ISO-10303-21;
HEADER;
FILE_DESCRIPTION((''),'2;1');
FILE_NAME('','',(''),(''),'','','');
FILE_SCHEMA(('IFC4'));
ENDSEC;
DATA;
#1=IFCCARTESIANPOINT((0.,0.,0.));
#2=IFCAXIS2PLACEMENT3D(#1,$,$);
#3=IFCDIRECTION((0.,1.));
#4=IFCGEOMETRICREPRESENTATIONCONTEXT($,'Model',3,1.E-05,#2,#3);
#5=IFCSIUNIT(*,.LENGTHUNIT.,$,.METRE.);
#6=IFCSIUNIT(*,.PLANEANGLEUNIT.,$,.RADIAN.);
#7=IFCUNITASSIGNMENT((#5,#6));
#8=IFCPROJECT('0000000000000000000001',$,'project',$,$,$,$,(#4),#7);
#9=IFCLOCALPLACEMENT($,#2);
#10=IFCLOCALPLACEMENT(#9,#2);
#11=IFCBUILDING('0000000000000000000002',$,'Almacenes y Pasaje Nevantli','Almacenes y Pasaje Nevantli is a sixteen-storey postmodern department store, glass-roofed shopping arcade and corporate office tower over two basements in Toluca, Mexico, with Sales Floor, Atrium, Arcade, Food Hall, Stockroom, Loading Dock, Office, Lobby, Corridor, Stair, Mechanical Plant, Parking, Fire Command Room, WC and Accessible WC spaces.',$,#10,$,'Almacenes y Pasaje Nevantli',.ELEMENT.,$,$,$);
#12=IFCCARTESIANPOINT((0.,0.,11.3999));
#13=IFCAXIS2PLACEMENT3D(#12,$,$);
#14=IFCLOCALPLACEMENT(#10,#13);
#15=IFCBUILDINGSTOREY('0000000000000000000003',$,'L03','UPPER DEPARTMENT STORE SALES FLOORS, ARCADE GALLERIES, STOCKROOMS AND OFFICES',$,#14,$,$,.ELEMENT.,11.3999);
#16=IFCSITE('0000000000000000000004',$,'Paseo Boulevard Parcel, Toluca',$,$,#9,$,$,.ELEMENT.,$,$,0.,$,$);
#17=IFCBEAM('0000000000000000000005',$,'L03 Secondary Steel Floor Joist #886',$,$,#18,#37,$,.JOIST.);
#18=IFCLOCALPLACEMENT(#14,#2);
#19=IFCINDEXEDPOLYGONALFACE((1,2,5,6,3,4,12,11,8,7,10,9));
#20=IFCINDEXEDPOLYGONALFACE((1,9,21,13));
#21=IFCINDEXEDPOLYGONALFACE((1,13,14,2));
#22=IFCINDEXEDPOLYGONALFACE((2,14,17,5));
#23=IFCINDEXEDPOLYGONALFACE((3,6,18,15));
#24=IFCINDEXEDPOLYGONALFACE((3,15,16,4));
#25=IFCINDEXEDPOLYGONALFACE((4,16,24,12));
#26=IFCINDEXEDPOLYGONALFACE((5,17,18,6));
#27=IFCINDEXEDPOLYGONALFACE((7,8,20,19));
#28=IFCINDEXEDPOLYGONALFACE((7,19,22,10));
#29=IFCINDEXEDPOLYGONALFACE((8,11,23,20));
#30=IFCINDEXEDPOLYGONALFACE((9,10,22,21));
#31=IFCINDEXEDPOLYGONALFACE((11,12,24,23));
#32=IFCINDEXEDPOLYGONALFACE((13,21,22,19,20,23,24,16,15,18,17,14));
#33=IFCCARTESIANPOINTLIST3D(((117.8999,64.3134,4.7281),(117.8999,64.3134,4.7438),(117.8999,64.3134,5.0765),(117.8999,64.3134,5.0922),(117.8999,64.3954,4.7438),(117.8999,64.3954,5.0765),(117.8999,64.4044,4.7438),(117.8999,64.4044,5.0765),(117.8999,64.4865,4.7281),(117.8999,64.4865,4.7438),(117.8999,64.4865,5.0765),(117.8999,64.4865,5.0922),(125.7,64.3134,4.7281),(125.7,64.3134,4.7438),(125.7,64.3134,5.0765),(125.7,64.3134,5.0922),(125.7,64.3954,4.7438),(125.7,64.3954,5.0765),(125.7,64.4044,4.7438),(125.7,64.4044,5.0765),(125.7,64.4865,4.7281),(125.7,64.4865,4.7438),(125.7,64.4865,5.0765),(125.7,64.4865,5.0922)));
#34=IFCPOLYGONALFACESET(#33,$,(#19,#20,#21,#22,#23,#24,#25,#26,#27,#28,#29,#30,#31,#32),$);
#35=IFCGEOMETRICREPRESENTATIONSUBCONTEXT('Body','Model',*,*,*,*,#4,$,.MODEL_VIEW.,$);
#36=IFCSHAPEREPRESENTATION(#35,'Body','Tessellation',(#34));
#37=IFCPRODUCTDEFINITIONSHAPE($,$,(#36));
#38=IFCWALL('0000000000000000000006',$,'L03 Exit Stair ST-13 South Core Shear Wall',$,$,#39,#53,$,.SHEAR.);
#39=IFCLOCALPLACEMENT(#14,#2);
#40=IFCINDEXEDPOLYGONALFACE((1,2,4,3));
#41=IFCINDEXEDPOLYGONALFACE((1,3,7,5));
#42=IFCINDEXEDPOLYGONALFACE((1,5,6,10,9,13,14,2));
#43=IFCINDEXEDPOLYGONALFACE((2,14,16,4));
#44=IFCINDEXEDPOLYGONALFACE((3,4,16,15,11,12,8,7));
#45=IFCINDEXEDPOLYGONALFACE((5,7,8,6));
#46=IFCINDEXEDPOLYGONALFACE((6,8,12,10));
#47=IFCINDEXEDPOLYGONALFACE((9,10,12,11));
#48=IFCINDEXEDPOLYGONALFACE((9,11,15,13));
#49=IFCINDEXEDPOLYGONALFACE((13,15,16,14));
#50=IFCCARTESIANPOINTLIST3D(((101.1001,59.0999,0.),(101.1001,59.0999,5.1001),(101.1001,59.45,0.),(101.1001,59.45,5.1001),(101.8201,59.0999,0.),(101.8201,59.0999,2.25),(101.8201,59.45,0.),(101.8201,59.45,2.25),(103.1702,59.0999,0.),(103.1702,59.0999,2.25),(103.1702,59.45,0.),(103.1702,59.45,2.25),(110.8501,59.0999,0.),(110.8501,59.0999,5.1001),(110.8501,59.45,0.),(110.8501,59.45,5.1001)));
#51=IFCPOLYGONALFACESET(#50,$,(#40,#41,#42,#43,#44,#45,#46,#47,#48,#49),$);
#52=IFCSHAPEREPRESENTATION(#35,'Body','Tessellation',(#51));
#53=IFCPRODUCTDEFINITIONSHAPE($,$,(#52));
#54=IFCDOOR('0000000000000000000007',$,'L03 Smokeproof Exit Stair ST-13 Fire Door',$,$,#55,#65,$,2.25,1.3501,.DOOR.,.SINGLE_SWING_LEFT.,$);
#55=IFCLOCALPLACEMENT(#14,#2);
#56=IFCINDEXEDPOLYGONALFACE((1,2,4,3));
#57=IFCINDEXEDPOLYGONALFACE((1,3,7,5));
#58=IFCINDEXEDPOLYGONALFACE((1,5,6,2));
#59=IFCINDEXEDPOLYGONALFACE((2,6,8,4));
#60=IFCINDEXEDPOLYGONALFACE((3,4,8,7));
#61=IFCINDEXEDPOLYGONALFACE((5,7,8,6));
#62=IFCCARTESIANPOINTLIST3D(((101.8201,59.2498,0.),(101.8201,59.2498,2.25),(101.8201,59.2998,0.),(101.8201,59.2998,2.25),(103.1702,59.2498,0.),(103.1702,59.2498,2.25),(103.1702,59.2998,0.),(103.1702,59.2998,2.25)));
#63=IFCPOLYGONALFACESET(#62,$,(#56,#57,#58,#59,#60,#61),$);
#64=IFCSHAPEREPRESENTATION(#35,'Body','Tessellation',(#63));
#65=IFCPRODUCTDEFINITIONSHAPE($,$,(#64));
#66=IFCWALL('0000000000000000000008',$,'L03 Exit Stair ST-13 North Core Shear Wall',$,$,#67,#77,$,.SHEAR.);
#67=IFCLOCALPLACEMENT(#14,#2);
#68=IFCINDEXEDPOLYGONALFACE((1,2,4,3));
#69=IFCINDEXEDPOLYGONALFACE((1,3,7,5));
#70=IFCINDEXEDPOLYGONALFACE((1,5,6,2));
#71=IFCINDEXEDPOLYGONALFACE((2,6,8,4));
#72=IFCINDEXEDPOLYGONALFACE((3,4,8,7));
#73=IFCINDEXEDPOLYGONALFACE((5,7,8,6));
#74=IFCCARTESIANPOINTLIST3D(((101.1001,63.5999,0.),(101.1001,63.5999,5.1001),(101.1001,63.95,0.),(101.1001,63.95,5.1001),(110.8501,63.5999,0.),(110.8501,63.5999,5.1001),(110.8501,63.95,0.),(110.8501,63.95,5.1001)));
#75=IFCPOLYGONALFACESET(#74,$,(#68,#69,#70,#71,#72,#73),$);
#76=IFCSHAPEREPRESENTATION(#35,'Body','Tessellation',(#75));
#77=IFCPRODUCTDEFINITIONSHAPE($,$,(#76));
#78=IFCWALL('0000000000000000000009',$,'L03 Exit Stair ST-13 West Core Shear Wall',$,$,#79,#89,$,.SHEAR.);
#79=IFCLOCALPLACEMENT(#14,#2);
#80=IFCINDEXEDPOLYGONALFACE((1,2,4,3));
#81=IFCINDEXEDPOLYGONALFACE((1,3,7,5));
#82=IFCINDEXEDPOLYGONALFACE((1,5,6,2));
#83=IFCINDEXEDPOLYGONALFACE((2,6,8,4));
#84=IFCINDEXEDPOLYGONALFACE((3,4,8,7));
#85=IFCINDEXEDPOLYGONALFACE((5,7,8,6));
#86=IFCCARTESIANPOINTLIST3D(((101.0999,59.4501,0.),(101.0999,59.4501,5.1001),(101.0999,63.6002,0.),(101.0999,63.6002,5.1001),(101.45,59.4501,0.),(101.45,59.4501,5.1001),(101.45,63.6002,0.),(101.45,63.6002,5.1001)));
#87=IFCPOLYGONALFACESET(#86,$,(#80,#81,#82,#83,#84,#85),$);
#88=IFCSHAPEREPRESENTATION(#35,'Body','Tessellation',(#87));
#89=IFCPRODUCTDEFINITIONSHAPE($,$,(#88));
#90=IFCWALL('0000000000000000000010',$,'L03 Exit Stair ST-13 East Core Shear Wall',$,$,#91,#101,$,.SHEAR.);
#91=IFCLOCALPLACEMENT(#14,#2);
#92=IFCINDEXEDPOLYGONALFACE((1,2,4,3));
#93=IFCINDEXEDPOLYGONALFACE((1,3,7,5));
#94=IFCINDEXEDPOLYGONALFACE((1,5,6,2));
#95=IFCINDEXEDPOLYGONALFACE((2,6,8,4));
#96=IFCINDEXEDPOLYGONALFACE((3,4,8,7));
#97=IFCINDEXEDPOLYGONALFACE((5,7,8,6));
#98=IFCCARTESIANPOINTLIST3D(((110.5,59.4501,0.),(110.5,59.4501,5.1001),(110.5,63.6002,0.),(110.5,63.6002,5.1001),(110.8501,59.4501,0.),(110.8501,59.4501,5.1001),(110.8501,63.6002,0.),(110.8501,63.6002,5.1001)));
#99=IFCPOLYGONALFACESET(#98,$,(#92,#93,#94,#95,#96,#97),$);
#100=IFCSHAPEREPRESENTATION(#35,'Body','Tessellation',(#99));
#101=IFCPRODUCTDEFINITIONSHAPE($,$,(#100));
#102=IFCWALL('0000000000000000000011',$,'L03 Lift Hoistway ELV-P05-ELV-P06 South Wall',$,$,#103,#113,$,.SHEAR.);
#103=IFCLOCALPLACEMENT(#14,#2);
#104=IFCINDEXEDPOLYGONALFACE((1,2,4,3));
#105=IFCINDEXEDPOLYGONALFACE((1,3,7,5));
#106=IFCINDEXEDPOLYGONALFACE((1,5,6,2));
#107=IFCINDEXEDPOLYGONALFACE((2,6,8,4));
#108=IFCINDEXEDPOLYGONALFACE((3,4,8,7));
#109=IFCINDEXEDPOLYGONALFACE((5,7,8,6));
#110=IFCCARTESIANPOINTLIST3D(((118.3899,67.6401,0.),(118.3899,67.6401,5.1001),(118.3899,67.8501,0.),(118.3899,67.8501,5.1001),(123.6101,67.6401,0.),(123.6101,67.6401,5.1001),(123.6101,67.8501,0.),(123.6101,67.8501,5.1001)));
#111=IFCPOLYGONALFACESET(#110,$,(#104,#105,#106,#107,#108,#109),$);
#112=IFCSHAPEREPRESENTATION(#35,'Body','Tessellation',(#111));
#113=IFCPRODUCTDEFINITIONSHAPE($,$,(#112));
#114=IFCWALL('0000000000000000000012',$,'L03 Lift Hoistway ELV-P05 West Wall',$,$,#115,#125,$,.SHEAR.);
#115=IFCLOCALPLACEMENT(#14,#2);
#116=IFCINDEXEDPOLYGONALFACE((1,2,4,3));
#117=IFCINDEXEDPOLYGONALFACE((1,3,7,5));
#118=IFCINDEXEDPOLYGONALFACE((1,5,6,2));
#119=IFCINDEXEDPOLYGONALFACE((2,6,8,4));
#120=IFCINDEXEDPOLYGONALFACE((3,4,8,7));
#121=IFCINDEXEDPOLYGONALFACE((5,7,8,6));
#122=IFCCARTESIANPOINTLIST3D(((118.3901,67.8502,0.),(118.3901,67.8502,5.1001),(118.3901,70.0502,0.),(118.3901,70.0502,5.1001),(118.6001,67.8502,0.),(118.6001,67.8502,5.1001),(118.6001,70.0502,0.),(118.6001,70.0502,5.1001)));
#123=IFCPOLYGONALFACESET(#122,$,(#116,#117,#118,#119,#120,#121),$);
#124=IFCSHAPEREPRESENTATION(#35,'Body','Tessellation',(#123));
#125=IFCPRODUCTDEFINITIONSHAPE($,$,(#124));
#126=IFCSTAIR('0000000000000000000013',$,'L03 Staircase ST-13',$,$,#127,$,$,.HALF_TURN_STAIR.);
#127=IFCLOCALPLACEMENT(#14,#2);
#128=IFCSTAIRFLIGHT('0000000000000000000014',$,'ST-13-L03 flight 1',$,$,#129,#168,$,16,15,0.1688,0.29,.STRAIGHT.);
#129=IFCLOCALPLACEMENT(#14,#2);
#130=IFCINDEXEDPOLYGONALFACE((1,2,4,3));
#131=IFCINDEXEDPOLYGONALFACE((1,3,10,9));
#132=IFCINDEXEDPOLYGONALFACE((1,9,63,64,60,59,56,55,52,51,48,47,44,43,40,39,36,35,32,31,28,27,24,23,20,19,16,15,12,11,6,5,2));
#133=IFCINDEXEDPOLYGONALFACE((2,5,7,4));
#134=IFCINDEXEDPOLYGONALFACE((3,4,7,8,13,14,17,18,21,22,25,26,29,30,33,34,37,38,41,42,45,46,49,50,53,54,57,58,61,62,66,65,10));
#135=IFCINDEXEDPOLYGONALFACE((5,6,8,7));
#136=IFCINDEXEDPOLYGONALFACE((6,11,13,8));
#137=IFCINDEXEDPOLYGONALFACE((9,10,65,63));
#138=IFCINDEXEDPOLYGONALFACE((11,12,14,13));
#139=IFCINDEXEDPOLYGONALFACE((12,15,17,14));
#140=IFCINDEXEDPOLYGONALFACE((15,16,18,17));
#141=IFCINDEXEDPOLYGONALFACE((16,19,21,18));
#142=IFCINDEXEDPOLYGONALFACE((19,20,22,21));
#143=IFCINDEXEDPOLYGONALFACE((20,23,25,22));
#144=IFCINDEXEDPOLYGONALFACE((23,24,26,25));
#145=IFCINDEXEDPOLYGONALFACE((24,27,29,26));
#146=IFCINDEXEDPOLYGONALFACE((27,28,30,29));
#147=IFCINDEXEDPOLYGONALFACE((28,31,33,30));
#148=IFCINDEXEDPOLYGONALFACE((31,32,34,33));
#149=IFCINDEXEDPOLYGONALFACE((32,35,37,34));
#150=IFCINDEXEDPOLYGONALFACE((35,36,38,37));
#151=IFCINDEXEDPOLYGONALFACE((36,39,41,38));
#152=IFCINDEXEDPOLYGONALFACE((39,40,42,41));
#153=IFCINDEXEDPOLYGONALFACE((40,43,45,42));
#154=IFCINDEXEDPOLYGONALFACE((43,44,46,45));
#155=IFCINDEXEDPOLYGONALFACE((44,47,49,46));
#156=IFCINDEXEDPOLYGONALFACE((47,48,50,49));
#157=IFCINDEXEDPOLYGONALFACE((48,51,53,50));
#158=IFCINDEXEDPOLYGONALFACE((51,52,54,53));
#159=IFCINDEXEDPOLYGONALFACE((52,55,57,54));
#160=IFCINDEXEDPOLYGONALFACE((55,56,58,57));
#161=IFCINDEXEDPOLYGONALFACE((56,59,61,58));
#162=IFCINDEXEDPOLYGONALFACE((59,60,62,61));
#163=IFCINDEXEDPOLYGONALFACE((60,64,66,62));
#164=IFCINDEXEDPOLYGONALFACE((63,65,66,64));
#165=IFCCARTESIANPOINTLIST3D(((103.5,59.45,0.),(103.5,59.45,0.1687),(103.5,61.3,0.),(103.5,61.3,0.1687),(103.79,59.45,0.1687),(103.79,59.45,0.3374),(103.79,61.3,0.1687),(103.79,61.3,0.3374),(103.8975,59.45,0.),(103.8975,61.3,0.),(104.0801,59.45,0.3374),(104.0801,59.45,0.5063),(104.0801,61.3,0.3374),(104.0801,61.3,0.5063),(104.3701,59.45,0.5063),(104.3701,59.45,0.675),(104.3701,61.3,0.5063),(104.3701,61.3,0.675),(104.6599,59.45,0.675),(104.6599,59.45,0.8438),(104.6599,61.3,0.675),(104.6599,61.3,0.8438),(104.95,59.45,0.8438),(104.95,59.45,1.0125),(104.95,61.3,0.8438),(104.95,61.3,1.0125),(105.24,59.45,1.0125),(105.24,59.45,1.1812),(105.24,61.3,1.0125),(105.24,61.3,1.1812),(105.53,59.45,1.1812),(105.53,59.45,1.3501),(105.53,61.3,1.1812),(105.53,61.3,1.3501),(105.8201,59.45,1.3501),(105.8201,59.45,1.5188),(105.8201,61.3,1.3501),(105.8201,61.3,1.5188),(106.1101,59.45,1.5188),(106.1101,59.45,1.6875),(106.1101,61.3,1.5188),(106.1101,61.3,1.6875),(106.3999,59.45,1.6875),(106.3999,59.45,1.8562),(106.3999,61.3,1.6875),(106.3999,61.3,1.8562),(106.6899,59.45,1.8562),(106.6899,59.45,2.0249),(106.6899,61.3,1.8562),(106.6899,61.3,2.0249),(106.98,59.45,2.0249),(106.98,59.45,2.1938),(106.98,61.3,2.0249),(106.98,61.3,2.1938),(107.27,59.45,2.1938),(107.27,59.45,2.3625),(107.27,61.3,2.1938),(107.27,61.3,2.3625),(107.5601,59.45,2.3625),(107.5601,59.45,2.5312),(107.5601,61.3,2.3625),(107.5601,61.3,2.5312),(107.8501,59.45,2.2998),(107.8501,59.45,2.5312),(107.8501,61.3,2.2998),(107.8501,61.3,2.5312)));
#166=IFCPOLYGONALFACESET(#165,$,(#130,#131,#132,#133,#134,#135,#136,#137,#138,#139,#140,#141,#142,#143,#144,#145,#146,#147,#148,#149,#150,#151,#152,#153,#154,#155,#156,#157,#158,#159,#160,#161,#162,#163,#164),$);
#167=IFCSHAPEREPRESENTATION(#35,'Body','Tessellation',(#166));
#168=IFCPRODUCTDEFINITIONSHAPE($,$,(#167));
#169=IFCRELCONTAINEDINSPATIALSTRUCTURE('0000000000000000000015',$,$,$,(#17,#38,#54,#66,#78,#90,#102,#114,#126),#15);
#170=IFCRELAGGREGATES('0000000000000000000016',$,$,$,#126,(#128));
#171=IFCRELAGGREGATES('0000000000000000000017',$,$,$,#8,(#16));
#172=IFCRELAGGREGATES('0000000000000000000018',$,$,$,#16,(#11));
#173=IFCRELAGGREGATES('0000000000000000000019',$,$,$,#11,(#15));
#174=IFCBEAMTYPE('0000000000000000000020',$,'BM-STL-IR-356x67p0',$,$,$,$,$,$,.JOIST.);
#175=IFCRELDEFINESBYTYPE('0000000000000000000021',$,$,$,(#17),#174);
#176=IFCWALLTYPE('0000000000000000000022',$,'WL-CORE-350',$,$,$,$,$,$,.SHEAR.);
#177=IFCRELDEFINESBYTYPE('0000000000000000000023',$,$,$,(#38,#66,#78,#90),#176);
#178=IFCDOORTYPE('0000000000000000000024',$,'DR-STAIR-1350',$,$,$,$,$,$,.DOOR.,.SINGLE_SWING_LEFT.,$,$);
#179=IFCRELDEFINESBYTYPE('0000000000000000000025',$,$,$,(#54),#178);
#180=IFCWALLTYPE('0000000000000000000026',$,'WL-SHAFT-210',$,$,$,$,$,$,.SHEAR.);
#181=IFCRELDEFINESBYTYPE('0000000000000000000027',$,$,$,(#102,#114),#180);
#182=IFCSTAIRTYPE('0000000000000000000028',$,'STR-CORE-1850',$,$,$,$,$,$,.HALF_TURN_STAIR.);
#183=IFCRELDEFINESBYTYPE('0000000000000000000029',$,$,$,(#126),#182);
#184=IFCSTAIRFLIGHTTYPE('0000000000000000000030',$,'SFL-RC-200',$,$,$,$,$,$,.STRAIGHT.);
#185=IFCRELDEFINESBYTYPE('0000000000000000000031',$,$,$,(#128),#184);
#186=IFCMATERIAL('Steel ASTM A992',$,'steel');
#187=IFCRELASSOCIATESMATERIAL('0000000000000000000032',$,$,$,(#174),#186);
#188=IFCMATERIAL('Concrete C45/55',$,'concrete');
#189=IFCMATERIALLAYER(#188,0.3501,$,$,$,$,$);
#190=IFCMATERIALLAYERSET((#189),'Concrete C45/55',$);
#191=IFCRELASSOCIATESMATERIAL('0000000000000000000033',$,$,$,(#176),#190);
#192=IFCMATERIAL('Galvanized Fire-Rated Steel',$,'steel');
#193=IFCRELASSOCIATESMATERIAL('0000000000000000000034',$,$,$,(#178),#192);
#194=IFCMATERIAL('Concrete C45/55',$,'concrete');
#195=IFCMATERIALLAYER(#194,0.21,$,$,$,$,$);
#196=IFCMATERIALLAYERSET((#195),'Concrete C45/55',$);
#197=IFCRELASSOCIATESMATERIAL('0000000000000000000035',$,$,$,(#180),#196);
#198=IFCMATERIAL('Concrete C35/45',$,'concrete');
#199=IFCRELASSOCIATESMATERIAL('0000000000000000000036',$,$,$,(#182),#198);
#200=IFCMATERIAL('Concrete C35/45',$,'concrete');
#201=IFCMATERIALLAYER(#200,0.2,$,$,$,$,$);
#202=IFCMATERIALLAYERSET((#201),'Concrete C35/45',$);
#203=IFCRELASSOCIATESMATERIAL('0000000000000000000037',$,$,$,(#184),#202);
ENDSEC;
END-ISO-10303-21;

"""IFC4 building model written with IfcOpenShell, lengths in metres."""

from ifc_helpers import new_model, si_unit, direction, frame, frame_2d, origin, origin_2d, place, context, subcontext, project, spatial, polyline, rectangle, i_section, outline, extrude, material, layer, layer_set, material_profile, profile_set, type_object, element, fill, aggregate, save


model = new_model("IFC4")

# Units and contexts
model_context = context("Model", 3, precision=1e-05, world=origin(), true_north=direction((0.0, 1.0)))
body_context = subcontext(model_context, "Body", "Model", "MODEL_VIEW")
ifc_project = project(units=[si_unit("LENGTHUNIT", "METRE"), si_unit("PLANEANGLEUNIT", "RADIAN")], contexts=[model_context])

# Site, building, storey
site_placement = place(None, origin())
site = spatial("IfcSite", under=ifc_project, at=site_placement, Name="Paseo Boulevard Parcel, Toluca", CompositionType="ELEMENT", RefElevation=0.0)
building_placement = place(site_placement, origin())
building = spatial("IfcBuilding", under=site, at=building_placement, Name="Almacenes y Pasaje Nevantli", Description="Almacenes y Pasaje Nevantli is a sixteen-storey postmodern department store, glass-roofed shopping arcade and corporate office tower over two basements in Toluca, Mexico, with Sales Floor, Atrium, Arcade, Food Hall, Stockroom, Loading Dock, Office, Lobby, Corridor, Stair, Mechanical Plant, Parking, Fire Command Room, WC and Accessible WC spaces.", LongName="Almacenes y Pasaje Nevantli", CompositionType="ELEMENT")
storey_placement = place(building_placement, frame((0.0, 0.0, 11.3999)))
storey = spatial("IfcBuildingStorey", under=building, at=storey_placement, Name="L03", Description="UPPER DEPARTMENT STORE SALES FLOORS, ARCADE GALLERIES, STOCKROOMS AND OFFICES", CompositionType="ELEMENT", Elevation=11.3999)

# Beam
ifc_material_1 = material(Name="Steel ASTM A992", Category="steel")
ifc_material_profile_1 = material_profile(ifc_material_1, i_section(OverallWidth=0.1731, OverallDepth=0.364, WebThickness=0.009, FlangeThickness=0.0156, at=origin_2d()), Name="IR 356x67.0")
ifc_profile_set_1 = profile_set([ifc_material_profile_1], Name="Steel ASTM A992")
beam_type_1 = type_object("IfcBeamType", Name="BM-STL-IR-356x67p0", PredefinedType="JOIST", material=ifc_profile_set_1)
for number, where, z_axis, x_axis, name in (
    (1, (117.8999, 64.3999, 4.9102), (1.0, 0.0, 0.0), (0.0, 1.0, 0.0), "L03 Secondary Steel Floor Joist #886"),
):
    element("IfcBeam", number, at=place(storey_placement, frame(where, z_axis=z_axis, x_axis=x_axis)), inside=storey, type_object=beam_type_1, Name=name, PredefinedType="JOIST", context=body_context, shape_type="SweptSolid", body=[
        extrude(i_section(OverallWidth=0.1731, OverallDepth=0.364, WebThickness=0.009, FlangeThickness=0.0156, at=origin_2d()), origin(), (0.0, 0.0, 1.0), 7.8),
    ])

# Wall, opening, door
ifc_material_2 = material(Name="Concrete C45/55", Category="concrete")
ifc_layer_1 = layer(ifc_material_2, 0.3501)
ifc_layer_set_1 = layer_set([ifc_layer_1], Name="Concrete C45/55")
wall_type_1 = type_object("IfcWallType", Name="WL-CORE-350", PredefinedType="SHEAR", material=ifc_layer_set_1)
wall_1_placement = place(storey_placement, frame((101.1001, 59.2749, 0.0), z_axis=(0.0, 0.0, 1.0), x_axis=(1.0, 0.0, 0.0)))
wall_1 = element("IfcWall", 2, at=wall_1_placement, inside=storey, type_object=wall_type_1, Name="L03 Exit Stair ST-13 South Core Shear Wall", PredefinedType="SHEAR", context=body_context, shape_type="SweptSolid", body=[
    extrude(rectangle(XDim=9.75, YDim=0.3501, at=frame_2d((4.875, 0.0))), origin(), (0.0, 0.0, 1.0), 5.1001),
])
opening_placement = place(wall_1_placement, frame((0.72, 0.0, 0.0)))
opening = element("IfcOpeningElement", 3, at=opening_placement, cuts=wall_1, PredefinedType="OPENING", context=body_context, shape_type="SweptSolid", body=[
    extrude(rectangle(XDim=1.3501, YDim=2.25, at=frame_2d((0.675, 1.125))), frame((0.0, 0.1851, 0.0), z_axis=(0.0, -1.0, 0.0), x_axis=(1.0, 0.0, 0.0)), (0.0, 0.0, 1.0), 0.3701),
])
ifc_material_3 = material(Name="Galvanized Fire-Rated Steel", Category="steel")
door_type = type_object("IfcDoorType", Name="DR-STAIR-1350", OperationType="SINGLE_SWING_LEFT", PredefinedType="DOOR", material=ifc_material_3)
door_placement = place(opening_placement, origin())
door = element("IfcDoor", 4, at=door_placement, inside=storey, type_object=door_type, Name="L03 Smokeproof Exit Stair ST-13 Fire Door", OperationType="SINGLE_SWING_LEFT", OverallHeight=2.25, OverallWidth=1.3501, PredefinedType="DOOR", context=body_context, shape_type="SweptSolid", body=[
    extrude(rectangle(XDim=1.3501, YDim=2.25, at=frame_2d((0.675, 1.125))), frame((0.0, 0.0249, 0.0), z_axis=(0.0, -1.0, 0.0), x_axis=(1.0, 0.0, 0.0)), (0.0, 0.0, 1.0), 0.05),
])
fill(opening, door)

# Walls
wall_2_placement = place(storey_placement, frame((101.1001, 63.7749, 0.0), z_axis=(0.0, 0.0, 1.0), x_axis=(1.0, 0.0, 0.0)))
element("IfcWall", 5, at=wall_2_placement, inside=storey, type_object=wall_type_1, Name="L03 Exit Stair ST-13 North Core Shear Wall", PredefinedType="SHEAR", context=body_context, shape_type="SweptSolid", body=[
    extrude(rectangle(XDim=9.75, YDim=0.3501, at=frame_2d((4.875, 0.0))), origin(), (0.0, 0.0, 1.0), 5.1001),
])
for number, where, z_axis, x_axis, name in (
    (6, (101.2749, 59.45, 0.0), (0.0, 0.0, 1.0), (0.0, 1.0, 0.0), "L03 Exit Stair ST-13 West Core Shear Wall"),
    (7, (110.675, 59.45, 0.0), (0.0, 0.0, 1.0), (0.0, 1.0, 0.0), "L03 Exit Stair ST-13 East Core Shear Wall"),
):
    element("IfcWall", number, at=place(storey_placement, frame(where, z_axis=z_axis, x_axis=x_axis)), inside=storey, type_object=wall_type_1, Name=name, PredefinedType="SHEAR", context=body_context, shape_type="SweptSolid", body=[
        extrude(rectangle(XDim=4.1501, YDim=0.3501, at=frame_2d((2.0752, 0.0))), origin(), (0.0, 0.0, 1.0), 5.1001),
    ])
ifc_material_4 = material(Name="Concrete C45/55", Category="concrete")
ifc_layer_2 = layer(ifc_material_4, 0.21)
ifc_layer_set_2 = layer_set([ifc_layer_2], Name="Concrete C45/55")
wall_type_2 = type_object("IfcWallType", Name="WL-SHAFT-210", PredefinedType="SHEAR", material=ifc_layer_set_2)
wall_3_placement = place(storey_placement, frame((118.3899, 67.7451, 0.0), z_axis=(0.0, 0.0, 1.0), x_axis=(1.0, 0.0, 0.0)))
element("IfcWall", 8, at=wall_3_placement, inside=storey, type_object=wall_type_2, Name="L03 Lift Hoistway ELV-P05-ELV-P06 South Wall", PredefinedType="SHEAR", context=body_context, shape_type="SweptSolid", body=[
    extrude(rectangle(XDim=5.2202, YDim=0.21, at=frame_2d((2.6101, 0.0))), origin(), (0.0, 0.0, 1.0), 5.1001),
])
wall_4_placement = place(storey_placement, frame((118.4951, 67.8501, 0.0), z_axis=(0.0, 0.0, 1.0), x_axis=(0.0, 1.0, 0.0)))
element("IfcWall", 9, at=wall_4_placement, inside=storey, type_object=wall_type_2, Name="L03 Lift Hoistway ELV-P05 West Wall", PredefinedType="SHEAR", context=body_context, shape_type="SweptSolid", body=[
    extrude(rectangle(XDim=2.2, YDim=0.21, at=frame_2d((1.1001, 0.0))), origin(), (0.0, 0.0, 1.0), 5.1001),
])

# Stair, stair flight
ifc_material_5 = material(Name="Concrete C35/45", Category="concrete")
stair_type = type_object("IfcStairType", Name="STR-CORE-1850", PredefinedType="HALF_TURN_STAIR", material=ifc_material_5)
stair_placement = place(storey_placement, origin())
stair = element("IfcStair", 10, at=stair_placement, inside=storey, type_object=stair_type, Name="L03 Staircase ST-13", PredefinedType="HALF_TURN_STAIR")
ifc_material_6 = material(Name="Concrete C35/45", Category="concrete")
ifc_layer_3 = layer(ifc_material_6, 0.2)
ifc_layer_set_3 = layer_set([ifc_layer_3], Name="Concrete C35/45")
stair_flight_type = type_object("IfcStairFlightType", Name="SFL-RC-200", PredefinedType="STRAIGHT", material=ifc_layer_set_3)
stair_flight_1_placement = place(storey_placement, frame((103.5, 60.375, 0.0), z_axis=(0.0, 0.0, 1.0), x_axis=(1.0, 0.0, 0.0)))
stair_flight_1 = element("IfcStairFlight", 11, at=stair_flight_1_placement, type_object=stair_flight_type, Name="ST-13-L03 flight 1", NumberOfRisers=16, NumberOfTreads=15, PredefinedType="STRAIGHT", RiserHeight=0.1688, TreadLength=0.29, context=body_context, shape_type="SweptSolid", body=[
    extrude(outline(polyline([(0.0, 0.0), (0.0, 0.1687), (0.29, 0.1687), (0.29, 0.3374), (0.5801, 0.3374), (0.5801, 0.5063), (0.8701, 0.5063), (0.8701, 0.675), (1.1599, 0.675), (1.1599, 0.8438), (1.45, 0.8438), (1.45, 1.0125), (1.74, 1.0125), (1.74, 1.1812), (2.03, 1.1812), (2.03, 1.3501), (2.3201, 1.3501), (2.3201, 1.5188), (2.6101, 1.5188), (2.6101, 1.6875), (2.8999, 1.6875), (2.8999, 1.8562), (3.1899, 1.8562), (3.1899, 2.0249), (3.48, 2.0249), (3.48, 2.1938), (3.77, 2.1938), (3.77, 2.3625), (4.0601, 2.3625), (4.0601, 2.5312), (4.3501, 2.5312), (4.3501, 2.7), (4.3501, 2.2998), (0.3975, 0.0), (0.0, 0.0)])), frame((0.0, 0.925, 0.0), z_axis=(0.0, -1.0, 0.0), x_axis=(1.0, 0.0, 0.0)), (0.0, 0.0, 1.0), 1.8501),
])
aggregate(stair, [stair_flight_1])

save(model, "model.ifc")
